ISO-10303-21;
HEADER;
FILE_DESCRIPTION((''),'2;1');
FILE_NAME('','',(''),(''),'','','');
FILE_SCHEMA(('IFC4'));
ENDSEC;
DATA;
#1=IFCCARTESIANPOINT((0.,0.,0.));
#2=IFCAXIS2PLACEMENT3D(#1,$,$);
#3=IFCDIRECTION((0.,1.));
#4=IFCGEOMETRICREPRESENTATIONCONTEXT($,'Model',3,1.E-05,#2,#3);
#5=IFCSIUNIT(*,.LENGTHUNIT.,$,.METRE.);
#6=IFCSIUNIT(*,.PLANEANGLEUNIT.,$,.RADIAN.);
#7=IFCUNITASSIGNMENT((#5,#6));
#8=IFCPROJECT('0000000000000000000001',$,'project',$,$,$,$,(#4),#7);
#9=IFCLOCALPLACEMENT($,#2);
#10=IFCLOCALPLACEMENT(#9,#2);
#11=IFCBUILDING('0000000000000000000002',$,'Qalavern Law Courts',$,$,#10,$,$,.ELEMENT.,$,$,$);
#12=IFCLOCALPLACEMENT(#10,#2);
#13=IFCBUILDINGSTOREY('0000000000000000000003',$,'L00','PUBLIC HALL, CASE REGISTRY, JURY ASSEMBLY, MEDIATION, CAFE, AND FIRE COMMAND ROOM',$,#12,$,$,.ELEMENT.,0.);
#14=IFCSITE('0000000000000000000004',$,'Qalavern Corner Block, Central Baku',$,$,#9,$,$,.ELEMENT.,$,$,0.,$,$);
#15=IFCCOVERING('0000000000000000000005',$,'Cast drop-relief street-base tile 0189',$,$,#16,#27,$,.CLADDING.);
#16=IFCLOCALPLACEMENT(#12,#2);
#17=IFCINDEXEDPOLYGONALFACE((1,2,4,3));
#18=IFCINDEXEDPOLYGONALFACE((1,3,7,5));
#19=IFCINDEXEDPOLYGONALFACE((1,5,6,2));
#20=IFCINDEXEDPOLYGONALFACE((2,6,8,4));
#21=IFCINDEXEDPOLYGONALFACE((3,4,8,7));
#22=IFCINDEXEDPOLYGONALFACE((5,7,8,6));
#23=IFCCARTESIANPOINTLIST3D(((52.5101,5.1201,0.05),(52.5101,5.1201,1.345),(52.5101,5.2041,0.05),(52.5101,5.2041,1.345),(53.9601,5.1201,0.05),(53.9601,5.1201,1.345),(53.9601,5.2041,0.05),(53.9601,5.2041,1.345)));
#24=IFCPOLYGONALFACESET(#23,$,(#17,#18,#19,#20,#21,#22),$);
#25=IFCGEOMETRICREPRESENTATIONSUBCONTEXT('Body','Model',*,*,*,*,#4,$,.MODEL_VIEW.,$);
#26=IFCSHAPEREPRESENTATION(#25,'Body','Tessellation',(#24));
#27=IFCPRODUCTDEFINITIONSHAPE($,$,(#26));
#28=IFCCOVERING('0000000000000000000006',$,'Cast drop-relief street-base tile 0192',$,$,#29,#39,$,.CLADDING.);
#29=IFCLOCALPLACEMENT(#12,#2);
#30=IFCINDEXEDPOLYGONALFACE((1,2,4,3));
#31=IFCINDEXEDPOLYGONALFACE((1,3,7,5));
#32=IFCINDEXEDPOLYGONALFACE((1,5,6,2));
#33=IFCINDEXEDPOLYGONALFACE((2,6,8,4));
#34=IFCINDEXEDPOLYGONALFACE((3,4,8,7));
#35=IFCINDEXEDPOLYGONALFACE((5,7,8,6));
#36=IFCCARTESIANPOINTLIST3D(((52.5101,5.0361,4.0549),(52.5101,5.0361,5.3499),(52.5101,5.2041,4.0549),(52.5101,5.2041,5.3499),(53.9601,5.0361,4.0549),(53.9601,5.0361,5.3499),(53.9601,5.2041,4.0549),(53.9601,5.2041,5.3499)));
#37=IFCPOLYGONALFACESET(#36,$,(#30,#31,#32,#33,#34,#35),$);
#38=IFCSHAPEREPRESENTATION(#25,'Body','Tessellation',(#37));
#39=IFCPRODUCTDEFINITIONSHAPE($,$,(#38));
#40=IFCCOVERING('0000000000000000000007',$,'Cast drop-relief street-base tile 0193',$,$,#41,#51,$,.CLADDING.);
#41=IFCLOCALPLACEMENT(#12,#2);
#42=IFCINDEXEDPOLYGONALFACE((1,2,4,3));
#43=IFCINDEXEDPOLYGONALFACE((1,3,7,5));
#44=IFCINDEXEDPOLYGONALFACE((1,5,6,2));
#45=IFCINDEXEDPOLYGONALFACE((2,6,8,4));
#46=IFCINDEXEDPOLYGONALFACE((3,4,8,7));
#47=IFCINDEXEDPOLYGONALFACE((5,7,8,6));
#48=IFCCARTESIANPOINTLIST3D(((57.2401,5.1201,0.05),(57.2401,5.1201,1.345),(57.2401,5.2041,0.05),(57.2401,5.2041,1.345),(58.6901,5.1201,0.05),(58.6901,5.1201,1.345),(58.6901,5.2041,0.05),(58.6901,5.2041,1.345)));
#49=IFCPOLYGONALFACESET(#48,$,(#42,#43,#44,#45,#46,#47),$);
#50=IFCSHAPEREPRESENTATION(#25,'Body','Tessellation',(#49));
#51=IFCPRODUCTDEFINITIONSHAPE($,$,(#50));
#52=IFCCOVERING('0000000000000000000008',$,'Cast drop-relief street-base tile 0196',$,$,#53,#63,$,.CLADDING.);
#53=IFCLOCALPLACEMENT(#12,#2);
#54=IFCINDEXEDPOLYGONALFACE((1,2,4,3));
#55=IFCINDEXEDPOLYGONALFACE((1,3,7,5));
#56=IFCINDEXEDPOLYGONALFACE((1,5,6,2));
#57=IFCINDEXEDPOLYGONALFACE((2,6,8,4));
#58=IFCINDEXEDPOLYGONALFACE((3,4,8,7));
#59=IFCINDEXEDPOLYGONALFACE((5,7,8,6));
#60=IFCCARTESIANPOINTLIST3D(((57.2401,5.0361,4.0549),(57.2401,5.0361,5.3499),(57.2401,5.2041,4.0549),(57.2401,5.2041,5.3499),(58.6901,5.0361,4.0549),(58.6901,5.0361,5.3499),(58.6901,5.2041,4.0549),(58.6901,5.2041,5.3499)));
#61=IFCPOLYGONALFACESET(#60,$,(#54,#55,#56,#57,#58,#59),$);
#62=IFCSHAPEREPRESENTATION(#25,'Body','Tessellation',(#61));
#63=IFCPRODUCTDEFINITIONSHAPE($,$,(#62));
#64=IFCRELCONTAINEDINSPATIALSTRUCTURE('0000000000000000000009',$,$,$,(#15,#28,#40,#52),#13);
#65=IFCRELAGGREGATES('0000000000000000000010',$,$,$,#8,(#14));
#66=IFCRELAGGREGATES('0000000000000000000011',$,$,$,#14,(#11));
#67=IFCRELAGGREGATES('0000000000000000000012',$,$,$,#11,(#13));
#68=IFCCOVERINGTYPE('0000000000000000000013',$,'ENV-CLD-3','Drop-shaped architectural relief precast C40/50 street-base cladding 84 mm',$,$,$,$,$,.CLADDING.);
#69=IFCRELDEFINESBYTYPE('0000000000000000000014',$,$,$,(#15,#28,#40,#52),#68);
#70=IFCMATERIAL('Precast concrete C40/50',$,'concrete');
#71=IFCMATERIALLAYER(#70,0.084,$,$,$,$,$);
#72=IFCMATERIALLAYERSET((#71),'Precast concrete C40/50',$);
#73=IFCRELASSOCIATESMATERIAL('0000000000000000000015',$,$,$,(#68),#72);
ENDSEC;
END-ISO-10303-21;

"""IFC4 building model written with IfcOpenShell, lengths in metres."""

from ifc_helpers import new_model, si_unit, direction, frame, origin, origin_2d, place, context, subcontext, project, spatial, rectangle, extrude, material, layer, layer_set, type_object, element, save


model = new_model("IFC4")

# Units and contexts
model_context = context("Model", 3, precision=1e-05, world=origin(), true_north=direction((0.0, 1.0)))
body_context = subcontext(model_context, "Body", "Model", "MODEL_VIEW")
ifc_project = project(units=[si_unit("LENGTHUNIT", "METRE"), si_unit("PLANEANGLEUNIT", "RADIAN")], contexts=[model_context])

# Site, building, storey
site_placement = place(None, origin())
site = spatial("IfcSite", under=ifc_project, at=site_placement, Name="Qalavern Corner Block, Central Baku", CompositionType="ELEMENT", RefElevation=0.0)
building_placement = place(site_placement, origin())
building = spatial("IfcBuilding", under=site, at=building_placement, Name="Qalavern Law Courts", CompositionType="ELEMENT")
storey_placement = place(building_placement, origin())
storey = spatial("IfcBuildingStorey", under=building, at=storey_placement, Name="L00", Description="PUBLIC HALL, CASE REGISTRY, JURY ASSEMBLY, MEDIATION, CAFE, AND FIRE COMMAND ROOM", CompositionType="ELEMENT", Elevation=0.0)

# Coverings
ifc_material_1 = material(Name="Precast concrete C40/50", Category="concrete")
ifc_layer_1 = layer(ifc_material_1, 0.084)
ifc_layer_set_1 = layer_set([ifc_layer_1], Name="Precast concrete C40/50")
covering_type_1 = type_object("IfcCoveringType", Name="ENV-CLD-3", Description="Drop-shaped architectural relief precast C40/50 street-base cladding 84 mm", PredefinedType="CLADDING", material=ifc_layer_set_1)
covering_1_placement = place(storey_placement, frame((53.2351, 5.1621, 0.05), z_axis=(0.0, 0.0, 1.0), x_axis=(1.0, 0.0, 0.0)))
element("IfcCovering", 1, at=covering_1_placement, inside=storey, type_object=covering_type_1, Name="Cast drop-relief street-base tile 0189", PredefinedType="CLADDING", context=body_context, shape_type="SweptSolid", body=[
    extrude(rectangle(XDim=1.45, YDim=0.084, at=origin_2d()), origin(), (0.0, 0.0, 1.0), 1.2949),
])
covering_2_placement = place(storey_placement, frame((53.2351, 5.1201, 4.0549), z_axis=(0.0, 0.0, 1.0), x_axis=(1.0, 0.0, 0.0)))
element("IfcCovering", 2, at=covering_2_placement, inside=storey, type_object=covering_type_1, Name="Cast drop-relief street-base tile 0192", PredefinedType="CLADDING", context=body_context, shape_type="SweptSolid", body=[
    extrude(rectangle(XDim=1.45, YDim=0.168, at=origin_2d()), origin(), (0.0, 0.0, 1.0), 1.2949),
])
covering_3_placement = place(storey_placement, frame((57.9651, 5.1621, 0.05), z_axis=(0.0, 0.0, 1.0), x_axis=(1.0, 0.0, 0.0)))
element("IfcCovering", 3, at=covering_3_placement, inside=storey, type_object=covering_type_1, Name="Cast drop-relief street-base tile 0193", PredefinedType="CLADDING", context=body_context, shape_type="SweptSolid", body=[
    extrude(rectangle(XDim=1.45, YDim=0.084, at=origin_2d()), origin(), (0.0, 0.0, 1.0), 1.2949),
])
covering_4_placement = place(storey_placement, frame((57.9651, 5.1201, 4.0549), z_axis=(0.0, 0.0, 1.0), x_axis=(1.0, 0.0, 0.0)))
element("IfcCovering", 4, at=covering_4_placement, inside=storey, type_object=covering_type_1, Name="Cast drop-relief street-base tile 0196", PredefinedType="CLADDING", context=body_context, shape_type="SweptSolid", body=[
    extrude(rectangle(XDim=1.45, YDim=0.168, at=origin_2d()), origin(), (0.0, 0.0, 1.0), 1.2949),
])

save(model, "model.ifc")
